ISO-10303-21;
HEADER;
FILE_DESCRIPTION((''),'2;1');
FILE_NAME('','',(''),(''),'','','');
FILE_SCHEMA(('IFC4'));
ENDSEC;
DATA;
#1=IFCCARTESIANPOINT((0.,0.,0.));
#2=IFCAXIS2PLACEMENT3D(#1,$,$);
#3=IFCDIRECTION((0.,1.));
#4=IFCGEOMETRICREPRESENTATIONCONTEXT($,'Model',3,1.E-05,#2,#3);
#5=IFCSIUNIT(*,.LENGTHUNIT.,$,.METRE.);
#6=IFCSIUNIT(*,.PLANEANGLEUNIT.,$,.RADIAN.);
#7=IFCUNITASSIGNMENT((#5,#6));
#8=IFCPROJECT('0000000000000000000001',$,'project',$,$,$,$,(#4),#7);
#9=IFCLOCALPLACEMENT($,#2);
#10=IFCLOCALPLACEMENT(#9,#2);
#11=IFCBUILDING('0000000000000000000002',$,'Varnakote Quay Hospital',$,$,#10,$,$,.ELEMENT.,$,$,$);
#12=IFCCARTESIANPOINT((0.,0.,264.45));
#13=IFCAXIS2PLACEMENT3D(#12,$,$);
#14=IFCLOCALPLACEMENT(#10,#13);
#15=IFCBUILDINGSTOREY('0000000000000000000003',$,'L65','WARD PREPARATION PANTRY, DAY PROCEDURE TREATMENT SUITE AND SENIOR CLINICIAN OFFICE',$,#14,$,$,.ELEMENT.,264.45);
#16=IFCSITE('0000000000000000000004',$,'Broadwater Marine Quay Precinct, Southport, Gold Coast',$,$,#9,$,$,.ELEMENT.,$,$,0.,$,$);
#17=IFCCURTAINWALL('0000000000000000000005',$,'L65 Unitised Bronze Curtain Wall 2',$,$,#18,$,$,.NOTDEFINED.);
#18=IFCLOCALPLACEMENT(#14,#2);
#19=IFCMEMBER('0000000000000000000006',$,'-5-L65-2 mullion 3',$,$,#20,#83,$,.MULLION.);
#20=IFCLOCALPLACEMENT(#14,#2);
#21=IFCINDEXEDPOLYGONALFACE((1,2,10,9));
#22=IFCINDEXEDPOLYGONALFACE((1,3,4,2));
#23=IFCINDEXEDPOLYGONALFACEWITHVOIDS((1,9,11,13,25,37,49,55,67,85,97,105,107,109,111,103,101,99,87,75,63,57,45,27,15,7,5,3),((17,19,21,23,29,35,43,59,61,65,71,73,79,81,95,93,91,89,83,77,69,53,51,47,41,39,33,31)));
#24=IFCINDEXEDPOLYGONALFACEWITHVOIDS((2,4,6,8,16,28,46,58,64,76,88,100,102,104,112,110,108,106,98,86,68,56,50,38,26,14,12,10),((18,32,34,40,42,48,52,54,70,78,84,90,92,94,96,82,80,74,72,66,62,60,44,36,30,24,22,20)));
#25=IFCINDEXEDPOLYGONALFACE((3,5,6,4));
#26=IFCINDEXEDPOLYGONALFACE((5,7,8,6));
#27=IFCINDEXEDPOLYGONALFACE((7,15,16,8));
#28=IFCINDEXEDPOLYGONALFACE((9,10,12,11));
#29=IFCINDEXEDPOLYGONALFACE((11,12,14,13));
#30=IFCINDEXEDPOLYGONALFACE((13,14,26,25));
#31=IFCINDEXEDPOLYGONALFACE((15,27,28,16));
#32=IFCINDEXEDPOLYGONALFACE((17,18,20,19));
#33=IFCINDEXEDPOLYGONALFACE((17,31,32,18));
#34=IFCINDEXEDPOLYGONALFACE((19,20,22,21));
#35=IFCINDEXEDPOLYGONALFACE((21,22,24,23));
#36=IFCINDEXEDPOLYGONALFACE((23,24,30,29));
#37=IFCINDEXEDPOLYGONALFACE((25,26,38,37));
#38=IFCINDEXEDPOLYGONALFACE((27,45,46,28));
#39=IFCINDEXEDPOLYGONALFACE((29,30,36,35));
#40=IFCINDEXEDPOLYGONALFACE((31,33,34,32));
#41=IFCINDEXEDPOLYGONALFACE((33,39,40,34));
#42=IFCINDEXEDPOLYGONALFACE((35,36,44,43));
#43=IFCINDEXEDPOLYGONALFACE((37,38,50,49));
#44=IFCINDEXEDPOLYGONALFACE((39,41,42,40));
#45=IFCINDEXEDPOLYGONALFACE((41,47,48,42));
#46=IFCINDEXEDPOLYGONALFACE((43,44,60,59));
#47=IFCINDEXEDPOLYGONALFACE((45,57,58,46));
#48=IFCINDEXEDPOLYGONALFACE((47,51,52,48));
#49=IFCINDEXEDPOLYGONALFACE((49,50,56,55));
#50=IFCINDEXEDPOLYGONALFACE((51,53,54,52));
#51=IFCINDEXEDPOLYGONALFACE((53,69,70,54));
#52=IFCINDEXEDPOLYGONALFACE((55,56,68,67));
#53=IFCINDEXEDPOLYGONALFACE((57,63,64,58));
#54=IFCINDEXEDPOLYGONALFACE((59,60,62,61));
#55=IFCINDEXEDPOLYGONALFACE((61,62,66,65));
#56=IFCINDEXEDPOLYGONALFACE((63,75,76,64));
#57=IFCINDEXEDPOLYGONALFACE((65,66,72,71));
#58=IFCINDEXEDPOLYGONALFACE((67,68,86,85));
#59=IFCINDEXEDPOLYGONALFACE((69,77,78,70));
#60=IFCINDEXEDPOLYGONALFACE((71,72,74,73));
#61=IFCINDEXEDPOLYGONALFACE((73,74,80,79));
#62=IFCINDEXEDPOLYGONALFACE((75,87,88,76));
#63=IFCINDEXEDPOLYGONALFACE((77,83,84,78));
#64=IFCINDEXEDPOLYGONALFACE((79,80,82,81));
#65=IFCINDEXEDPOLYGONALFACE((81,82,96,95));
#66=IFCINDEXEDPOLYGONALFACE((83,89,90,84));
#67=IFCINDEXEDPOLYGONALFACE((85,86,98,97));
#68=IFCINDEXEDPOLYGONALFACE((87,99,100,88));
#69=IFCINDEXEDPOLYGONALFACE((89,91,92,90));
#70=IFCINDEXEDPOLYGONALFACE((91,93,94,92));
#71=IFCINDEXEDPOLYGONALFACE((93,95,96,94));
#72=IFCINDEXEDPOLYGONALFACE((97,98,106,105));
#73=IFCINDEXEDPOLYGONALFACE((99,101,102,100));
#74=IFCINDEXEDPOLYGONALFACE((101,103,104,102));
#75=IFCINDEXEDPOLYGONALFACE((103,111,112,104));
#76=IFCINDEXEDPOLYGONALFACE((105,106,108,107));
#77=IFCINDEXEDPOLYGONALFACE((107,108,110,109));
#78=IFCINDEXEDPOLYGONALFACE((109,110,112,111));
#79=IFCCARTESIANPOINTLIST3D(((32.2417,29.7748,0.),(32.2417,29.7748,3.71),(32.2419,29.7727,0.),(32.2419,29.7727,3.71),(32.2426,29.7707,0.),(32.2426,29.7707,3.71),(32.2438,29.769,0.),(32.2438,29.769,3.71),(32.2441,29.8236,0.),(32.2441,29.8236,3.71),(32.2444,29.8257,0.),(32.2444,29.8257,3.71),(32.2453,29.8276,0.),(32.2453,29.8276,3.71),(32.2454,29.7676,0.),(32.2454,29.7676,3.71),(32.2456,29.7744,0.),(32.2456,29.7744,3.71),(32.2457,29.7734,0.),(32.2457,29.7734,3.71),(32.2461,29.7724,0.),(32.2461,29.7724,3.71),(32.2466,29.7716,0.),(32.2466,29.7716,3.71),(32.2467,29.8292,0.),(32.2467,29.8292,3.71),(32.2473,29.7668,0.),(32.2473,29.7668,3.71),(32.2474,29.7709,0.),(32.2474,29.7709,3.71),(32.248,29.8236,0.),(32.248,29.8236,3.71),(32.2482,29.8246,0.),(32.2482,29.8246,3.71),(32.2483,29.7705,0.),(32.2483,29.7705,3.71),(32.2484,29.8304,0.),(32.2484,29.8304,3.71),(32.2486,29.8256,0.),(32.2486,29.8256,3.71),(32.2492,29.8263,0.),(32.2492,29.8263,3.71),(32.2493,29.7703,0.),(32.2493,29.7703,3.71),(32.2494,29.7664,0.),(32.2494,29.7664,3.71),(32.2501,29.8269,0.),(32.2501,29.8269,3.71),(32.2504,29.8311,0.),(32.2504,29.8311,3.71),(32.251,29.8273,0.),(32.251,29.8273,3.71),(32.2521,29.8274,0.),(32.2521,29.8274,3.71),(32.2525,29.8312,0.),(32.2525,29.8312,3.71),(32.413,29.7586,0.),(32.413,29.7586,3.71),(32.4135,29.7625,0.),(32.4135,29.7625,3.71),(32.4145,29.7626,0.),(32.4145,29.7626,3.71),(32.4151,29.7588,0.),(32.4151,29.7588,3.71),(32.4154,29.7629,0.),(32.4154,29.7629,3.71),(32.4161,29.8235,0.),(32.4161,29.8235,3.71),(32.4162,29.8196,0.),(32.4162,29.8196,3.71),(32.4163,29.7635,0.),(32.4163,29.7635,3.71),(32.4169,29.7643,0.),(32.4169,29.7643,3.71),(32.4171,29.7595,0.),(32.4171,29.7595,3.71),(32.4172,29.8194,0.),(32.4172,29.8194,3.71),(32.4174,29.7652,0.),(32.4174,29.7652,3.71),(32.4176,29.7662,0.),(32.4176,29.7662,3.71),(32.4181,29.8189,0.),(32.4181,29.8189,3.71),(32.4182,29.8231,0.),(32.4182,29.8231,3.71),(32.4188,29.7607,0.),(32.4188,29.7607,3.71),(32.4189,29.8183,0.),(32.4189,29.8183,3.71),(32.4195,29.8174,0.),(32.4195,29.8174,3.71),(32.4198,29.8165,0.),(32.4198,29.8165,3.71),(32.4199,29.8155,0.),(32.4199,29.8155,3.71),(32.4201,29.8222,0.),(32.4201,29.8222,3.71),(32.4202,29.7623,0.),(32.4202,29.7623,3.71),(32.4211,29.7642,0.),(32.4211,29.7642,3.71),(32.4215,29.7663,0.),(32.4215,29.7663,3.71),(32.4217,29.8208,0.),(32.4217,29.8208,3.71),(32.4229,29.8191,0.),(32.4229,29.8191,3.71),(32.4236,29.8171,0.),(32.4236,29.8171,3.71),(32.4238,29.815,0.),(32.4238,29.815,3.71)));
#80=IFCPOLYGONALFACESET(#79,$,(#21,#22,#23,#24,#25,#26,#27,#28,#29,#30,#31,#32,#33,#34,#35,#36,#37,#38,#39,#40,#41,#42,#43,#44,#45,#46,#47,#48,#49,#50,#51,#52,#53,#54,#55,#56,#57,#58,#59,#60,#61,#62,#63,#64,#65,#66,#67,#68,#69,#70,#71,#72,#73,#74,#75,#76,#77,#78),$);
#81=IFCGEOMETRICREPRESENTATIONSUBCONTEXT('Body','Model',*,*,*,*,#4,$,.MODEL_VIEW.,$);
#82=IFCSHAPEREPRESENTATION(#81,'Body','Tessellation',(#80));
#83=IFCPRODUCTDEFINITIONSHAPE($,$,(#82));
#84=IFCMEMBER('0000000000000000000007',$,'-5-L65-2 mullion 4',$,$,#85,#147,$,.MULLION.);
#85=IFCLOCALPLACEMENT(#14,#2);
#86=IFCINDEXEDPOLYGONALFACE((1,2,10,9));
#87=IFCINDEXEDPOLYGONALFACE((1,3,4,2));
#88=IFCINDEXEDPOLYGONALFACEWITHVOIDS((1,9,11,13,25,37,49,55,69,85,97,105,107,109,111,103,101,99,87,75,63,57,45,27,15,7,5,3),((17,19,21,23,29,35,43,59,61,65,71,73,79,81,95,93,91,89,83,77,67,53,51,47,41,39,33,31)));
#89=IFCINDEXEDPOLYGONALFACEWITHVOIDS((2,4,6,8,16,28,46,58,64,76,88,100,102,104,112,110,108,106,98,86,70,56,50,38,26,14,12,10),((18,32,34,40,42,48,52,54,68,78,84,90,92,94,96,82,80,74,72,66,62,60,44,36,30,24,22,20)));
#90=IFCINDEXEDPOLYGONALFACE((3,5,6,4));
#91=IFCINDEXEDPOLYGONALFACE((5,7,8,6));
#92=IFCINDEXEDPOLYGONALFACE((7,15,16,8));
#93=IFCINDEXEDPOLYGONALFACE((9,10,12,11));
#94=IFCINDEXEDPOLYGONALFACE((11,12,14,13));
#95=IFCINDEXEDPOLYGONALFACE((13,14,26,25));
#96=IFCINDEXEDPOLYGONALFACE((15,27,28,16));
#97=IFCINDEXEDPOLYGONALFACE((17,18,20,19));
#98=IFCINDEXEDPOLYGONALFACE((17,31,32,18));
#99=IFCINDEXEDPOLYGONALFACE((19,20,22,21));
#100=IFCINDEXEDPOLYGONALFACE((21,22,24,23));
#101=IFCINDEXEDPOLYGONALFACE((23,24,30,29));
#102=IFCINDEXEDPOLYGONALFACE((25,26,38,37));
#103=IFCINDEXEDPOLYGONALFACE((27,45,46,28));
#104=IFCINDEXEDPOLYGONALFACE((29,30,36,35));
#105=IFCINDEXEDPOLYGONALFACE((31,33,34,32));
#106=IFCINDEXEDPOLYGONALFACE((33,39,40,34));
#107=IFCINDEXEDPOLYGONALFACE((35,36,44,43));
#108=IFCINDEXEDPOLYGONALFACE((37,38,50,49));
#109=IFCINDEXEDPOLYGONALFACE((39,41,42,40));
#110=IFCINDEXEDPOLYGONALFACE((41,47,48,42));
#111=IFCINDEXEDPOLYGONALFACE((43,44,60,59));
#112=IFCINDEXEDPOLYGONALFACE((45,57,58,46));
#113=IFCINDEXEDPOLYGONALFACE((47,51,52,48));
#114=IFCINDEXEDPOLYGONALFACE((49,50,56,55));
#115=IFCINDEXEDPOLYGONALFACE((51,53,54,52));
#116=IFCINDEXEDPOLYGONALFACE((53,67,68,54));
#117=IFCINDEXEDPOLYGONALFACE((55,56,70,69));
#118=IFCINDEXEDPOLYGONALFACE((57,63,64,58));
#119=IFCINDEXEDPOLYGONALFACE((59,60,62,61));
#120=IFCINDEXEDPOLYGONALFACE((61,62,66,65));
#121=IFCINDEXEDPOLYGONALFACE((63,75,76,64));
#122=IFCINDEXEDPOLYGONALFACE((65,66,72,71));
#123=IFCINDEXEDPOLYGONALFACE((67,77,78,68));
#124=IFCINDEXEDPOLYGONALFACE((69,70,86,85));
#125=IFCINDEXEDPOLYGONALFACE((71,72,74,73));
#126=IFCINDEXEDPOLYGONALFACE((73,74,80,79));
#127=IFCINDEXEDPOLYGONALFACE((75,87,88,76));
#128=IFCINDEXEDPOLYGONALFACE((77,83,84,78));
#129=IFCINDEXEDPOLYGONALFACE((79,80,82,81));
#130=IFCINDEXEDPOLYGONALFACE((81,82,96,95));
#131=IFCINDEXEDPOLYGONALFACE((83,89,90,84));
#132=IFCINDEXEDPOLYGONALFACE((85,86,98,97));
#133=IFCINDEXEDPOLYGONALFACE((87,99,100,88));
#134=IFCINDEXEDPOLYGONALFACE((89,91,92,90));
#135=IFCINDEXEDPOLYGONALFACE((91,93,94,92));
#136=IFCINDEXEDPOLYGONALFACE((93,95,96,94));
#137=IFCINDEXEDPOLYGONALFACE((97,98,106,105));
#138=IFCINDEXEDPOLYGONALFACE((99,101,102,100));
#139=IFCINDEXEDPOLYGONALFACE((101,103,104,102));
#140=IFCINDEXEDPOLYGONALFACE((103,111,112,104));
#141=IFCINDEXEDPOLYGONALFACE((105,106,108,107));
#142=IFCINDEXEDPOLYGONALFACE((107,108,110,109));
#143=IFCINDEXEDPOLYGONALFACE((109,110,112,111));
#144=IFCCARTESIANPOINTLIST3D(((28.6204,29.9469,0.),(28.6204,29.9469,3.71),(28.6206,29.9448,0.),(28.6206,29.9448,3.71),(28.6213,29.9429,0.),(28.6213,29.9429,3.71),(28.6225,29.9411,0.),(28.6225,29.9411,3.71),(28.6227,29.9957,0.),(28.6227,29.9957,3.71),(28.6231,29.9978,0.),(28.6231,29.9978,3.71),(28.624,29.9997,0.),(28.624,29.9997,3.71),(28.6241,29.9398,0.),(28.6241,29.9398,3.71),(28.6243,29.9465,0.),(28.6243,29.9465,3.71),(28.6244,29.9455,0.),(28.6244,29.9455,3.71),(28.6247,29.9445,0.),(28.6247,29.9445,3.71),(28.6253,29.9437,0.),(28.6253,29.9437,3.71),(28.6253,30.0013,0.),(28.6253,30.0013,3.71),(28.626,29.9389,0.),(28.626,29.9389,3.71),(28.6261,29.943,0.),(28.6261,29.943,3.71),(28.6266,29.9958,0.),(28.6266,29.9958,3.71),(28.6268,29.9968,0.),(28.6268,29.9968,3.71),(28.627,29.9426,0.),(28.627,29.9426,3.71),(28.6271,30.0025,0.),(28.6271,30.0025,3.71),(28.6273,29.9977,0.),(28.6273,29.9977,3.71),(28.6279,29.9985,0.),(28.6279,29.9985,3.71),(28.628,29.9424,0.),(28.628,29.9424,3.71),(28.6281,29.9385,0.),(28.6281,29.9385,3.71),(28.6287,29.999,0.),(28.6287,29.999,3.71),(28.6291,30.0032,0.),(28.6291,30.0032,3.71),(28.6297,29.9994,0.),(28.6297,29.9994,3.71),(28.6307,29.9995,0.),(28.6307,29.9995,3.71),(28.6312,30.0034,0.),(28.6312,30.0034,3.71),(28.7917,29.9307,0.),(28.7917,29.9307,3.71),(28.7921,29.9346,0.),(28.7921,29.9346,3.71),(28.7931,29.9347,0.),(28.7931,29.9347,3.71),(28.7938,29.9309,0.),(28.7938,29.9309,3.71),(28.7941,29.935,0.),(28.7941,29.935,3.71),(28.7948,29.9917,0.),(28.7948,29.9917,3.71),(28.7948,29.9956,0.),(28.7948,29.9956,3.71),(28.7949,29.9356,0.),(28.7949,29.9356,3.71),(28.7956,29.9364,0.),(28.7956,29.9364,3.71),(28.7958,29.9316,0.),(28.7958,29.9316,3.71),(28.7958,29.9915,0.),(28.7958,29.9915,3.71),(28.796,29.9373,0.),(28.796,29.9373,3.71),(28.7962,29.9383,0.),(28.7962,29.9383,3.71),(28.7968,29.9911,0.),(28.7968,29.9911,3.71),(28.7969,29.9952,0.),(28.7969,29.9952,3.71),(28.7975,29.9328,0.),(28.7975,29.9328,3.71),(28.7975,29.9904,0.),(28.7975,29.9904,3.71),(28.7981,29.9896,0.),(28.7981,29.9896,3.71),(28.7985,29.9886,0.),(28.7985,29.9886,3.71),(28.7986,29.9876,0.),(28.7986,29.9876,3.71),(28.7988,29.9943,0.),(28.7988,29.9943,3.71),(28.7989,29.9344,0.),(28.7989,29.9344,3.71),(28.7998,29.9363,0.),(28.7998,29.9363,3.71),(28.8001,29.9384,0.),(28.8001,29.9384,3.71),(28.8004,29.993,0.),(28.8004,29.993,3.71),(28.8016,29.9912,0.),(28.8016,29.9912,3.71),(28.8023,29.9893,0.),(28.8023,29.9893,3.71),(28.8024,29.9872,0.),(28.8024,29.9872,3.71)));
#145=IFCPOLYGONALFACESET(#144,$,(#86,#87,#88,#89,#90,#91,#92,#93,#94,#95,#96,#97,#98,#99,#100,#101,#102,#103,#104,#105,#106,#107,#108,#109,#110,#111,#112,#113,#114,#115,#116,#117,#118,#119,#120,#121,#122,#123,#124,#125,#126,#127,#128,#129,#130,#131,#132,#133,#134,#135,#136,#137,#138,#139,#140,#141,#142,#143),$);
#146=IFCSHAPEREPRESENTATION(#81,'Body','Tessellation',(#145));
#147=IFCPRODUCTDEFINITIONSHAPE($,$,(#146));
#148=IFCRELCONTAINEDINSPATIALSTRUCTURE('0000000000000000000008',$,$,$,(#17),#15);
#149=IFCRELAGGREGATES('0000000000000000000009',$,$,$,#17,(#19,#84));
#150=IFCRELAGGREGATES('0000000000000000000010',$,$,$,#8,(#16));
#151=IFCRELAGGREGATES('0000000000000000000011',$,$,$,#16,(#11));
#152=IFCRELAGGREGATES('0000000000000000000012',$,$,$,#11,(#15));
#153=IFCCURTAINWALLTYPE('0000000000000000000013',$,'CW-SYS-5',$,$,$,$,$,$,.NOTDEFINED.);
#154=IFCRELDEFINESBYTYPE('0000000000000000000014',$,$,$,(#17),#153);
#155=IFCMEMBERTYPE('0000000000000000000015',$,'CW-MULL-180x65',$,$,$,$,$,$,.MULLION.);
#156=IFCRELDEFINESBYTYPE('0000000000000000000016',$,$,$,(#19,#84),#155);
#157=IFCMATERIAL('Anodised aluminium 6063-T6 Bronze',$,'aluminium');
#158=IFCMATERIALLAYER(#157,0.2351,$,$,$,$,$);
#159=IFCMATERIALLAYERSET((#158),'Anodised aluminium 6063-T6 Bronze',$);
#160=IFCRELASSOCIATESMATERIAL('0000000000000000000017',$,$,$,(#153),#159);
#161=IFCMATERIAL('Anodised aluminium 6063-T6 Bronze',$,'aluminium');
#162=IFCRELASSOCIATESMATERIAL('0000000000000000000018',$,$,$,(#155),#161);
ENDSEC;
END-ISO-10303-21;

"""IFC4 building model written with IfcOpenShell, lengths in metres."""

from ifc_helpers import new_model, si_unit, direction, frame, origin, origin_2d, place, context, subcontext, project, spatial, hollow_rectangle, extrude, material, layer, layer_set, material_profile, profile_set, type_object, element, aggregate, save


model = new_model("IFC4")

# Units and contexts
model_context = context("Model", 3, precision=1e-05, world=origin(), true_north=direction((0.0, 1.0)))
body_context = subcontext(model_context, "Body", "Model", "MODEL_VIEW")
ifc_project = project(units=[si_unit("LENGTHUNIT", "METRE"), si_unit("PLANEANGLEUNIT", "RADIAN")], contexts=[model_context])

# Site, building, storey
site_placement = place(None, origin())
site = spatial("IfcSite", under=ifc_project, at=site_placement, Name="Broadwater Marine Quay Precinct, Southport, Gold Coast", CompositionType="ELEMENT", RefElevation=0.0)
building_placement = place(site_placement, origin())
building = spatial("IfcBuilding", under=site, at=building_placement, Name="Varnakote Quay Hospital", CompositionType="ELEMENT")
storey_placement = place(building_placement, frame((0.0, 0.0, 264.45)))
storey = spatial("IfcBuildingStorey", under=building, at=storey_placement, Name="L65", Description="WARD PREPARATION PANTRY, DAY PROCEDURE TREATMENT SUITE AND SENIOR CLINICIAN OFFICE", CompositionType="ELEMENT", Elevation=264.45)

# Curtain wall, members
ifc_material_1 = material(Name="Anodised aluminium 6063-T6 Bronze", Category="aluminium")
ifc_layer_1 = layer(ifc_material_1, 0.2351)
ifc_layer_set_1 = layer_set([ifc_layer_1], Name="Anodised aluminium 6063-T6 Bronze")
curtain_wall_type = type_object("IfcCurtainWallType", Name="CW-SYS-5", PredefinedType="NOTDEFINED", material=ifc_layer_set_1)
curtain_wall_placement = place(storey_placement, origin())
curtain_wall = element("IfcCurtainWall", 1, at=curtain_wall_placement, inside=storey, type_object=curtain_wall_type, Name="L65 Unitised Bronze Curtain Wall 2", PredefinedType="NOTDEFINED")
ifc_material_2 = material(Name="Anodised aluminium 6063-T6 Bronze", Category="aluminium")
ifc_material_profile_1 = material_profile(ifc_material_2, hollow_rectangle(XDim=0.0649, YDim=0.1799, WallThickness=0.0039, InnerFilletRadius=0.0039, OuterFilletRadius=0.0081, at=origin_2d()), Name="CW-MULL-180x65")
ifc_profile_set_1 = profile_set([ifc_material_profile_1], Name="Anodised aluminium 6063-T6 Bronze")
member_type_1 = type_object("IfcMemberType", Name="CW-MULL-180x65", PredefinedType="MULLION", material=ifc_profile_set_1)
member_1_placement = place(storey_placement, frame((32.3328, 29.7949, 0.0), z_axis=(0.0, 0.0, 1.0), x_axis=(-0.047497, -0.998871, 0.0)))
member_1 = element("IfcMember", 2, at=member_1_placement, type_object=member_type_1, Name="-5-L65-2 mullion 3", PredefinedType="MULLION", context=body_context, shape_type="SweptSolid", body=[
    extrude(hollow_rectangle(XDim=0.0649, YDim=0.1799, WallThickness=0.0039, InnerFilletRadius=0.0039, OuterFilletRadius=0.0081, at=origin_2d()), origin(), (0.0, 0.0, 1.0), 3.71),
])
member_2_placement = place(storey_placement, frame((28.7114, 29.967, 0.0), z_axis=(0.0, 0.0, 1.0), x_axis=(-0.047497, -0.998871, 0.0)))
member_2 = element("IfcMember", 3, at=member_2_placement, type_object=member_type_1, Name="-5-L65-2 mullion 4", PredefinedType="MULLION", context=body_context, shape_type="SweptSolid", body=[
    extrude(hollow_rectangle(XDim=0.0649, YDim=0.1799, WallThickness=0.0039, InnerFilletRadius=0.0039, OuterFilletRadius=0.0081, at=origin_2d()), origin(), (0.0, 0.0, 1.0), 3.71),
])

aggregate(curtain_wall, [member_1, member_2])

save(model, "model.ifc")
